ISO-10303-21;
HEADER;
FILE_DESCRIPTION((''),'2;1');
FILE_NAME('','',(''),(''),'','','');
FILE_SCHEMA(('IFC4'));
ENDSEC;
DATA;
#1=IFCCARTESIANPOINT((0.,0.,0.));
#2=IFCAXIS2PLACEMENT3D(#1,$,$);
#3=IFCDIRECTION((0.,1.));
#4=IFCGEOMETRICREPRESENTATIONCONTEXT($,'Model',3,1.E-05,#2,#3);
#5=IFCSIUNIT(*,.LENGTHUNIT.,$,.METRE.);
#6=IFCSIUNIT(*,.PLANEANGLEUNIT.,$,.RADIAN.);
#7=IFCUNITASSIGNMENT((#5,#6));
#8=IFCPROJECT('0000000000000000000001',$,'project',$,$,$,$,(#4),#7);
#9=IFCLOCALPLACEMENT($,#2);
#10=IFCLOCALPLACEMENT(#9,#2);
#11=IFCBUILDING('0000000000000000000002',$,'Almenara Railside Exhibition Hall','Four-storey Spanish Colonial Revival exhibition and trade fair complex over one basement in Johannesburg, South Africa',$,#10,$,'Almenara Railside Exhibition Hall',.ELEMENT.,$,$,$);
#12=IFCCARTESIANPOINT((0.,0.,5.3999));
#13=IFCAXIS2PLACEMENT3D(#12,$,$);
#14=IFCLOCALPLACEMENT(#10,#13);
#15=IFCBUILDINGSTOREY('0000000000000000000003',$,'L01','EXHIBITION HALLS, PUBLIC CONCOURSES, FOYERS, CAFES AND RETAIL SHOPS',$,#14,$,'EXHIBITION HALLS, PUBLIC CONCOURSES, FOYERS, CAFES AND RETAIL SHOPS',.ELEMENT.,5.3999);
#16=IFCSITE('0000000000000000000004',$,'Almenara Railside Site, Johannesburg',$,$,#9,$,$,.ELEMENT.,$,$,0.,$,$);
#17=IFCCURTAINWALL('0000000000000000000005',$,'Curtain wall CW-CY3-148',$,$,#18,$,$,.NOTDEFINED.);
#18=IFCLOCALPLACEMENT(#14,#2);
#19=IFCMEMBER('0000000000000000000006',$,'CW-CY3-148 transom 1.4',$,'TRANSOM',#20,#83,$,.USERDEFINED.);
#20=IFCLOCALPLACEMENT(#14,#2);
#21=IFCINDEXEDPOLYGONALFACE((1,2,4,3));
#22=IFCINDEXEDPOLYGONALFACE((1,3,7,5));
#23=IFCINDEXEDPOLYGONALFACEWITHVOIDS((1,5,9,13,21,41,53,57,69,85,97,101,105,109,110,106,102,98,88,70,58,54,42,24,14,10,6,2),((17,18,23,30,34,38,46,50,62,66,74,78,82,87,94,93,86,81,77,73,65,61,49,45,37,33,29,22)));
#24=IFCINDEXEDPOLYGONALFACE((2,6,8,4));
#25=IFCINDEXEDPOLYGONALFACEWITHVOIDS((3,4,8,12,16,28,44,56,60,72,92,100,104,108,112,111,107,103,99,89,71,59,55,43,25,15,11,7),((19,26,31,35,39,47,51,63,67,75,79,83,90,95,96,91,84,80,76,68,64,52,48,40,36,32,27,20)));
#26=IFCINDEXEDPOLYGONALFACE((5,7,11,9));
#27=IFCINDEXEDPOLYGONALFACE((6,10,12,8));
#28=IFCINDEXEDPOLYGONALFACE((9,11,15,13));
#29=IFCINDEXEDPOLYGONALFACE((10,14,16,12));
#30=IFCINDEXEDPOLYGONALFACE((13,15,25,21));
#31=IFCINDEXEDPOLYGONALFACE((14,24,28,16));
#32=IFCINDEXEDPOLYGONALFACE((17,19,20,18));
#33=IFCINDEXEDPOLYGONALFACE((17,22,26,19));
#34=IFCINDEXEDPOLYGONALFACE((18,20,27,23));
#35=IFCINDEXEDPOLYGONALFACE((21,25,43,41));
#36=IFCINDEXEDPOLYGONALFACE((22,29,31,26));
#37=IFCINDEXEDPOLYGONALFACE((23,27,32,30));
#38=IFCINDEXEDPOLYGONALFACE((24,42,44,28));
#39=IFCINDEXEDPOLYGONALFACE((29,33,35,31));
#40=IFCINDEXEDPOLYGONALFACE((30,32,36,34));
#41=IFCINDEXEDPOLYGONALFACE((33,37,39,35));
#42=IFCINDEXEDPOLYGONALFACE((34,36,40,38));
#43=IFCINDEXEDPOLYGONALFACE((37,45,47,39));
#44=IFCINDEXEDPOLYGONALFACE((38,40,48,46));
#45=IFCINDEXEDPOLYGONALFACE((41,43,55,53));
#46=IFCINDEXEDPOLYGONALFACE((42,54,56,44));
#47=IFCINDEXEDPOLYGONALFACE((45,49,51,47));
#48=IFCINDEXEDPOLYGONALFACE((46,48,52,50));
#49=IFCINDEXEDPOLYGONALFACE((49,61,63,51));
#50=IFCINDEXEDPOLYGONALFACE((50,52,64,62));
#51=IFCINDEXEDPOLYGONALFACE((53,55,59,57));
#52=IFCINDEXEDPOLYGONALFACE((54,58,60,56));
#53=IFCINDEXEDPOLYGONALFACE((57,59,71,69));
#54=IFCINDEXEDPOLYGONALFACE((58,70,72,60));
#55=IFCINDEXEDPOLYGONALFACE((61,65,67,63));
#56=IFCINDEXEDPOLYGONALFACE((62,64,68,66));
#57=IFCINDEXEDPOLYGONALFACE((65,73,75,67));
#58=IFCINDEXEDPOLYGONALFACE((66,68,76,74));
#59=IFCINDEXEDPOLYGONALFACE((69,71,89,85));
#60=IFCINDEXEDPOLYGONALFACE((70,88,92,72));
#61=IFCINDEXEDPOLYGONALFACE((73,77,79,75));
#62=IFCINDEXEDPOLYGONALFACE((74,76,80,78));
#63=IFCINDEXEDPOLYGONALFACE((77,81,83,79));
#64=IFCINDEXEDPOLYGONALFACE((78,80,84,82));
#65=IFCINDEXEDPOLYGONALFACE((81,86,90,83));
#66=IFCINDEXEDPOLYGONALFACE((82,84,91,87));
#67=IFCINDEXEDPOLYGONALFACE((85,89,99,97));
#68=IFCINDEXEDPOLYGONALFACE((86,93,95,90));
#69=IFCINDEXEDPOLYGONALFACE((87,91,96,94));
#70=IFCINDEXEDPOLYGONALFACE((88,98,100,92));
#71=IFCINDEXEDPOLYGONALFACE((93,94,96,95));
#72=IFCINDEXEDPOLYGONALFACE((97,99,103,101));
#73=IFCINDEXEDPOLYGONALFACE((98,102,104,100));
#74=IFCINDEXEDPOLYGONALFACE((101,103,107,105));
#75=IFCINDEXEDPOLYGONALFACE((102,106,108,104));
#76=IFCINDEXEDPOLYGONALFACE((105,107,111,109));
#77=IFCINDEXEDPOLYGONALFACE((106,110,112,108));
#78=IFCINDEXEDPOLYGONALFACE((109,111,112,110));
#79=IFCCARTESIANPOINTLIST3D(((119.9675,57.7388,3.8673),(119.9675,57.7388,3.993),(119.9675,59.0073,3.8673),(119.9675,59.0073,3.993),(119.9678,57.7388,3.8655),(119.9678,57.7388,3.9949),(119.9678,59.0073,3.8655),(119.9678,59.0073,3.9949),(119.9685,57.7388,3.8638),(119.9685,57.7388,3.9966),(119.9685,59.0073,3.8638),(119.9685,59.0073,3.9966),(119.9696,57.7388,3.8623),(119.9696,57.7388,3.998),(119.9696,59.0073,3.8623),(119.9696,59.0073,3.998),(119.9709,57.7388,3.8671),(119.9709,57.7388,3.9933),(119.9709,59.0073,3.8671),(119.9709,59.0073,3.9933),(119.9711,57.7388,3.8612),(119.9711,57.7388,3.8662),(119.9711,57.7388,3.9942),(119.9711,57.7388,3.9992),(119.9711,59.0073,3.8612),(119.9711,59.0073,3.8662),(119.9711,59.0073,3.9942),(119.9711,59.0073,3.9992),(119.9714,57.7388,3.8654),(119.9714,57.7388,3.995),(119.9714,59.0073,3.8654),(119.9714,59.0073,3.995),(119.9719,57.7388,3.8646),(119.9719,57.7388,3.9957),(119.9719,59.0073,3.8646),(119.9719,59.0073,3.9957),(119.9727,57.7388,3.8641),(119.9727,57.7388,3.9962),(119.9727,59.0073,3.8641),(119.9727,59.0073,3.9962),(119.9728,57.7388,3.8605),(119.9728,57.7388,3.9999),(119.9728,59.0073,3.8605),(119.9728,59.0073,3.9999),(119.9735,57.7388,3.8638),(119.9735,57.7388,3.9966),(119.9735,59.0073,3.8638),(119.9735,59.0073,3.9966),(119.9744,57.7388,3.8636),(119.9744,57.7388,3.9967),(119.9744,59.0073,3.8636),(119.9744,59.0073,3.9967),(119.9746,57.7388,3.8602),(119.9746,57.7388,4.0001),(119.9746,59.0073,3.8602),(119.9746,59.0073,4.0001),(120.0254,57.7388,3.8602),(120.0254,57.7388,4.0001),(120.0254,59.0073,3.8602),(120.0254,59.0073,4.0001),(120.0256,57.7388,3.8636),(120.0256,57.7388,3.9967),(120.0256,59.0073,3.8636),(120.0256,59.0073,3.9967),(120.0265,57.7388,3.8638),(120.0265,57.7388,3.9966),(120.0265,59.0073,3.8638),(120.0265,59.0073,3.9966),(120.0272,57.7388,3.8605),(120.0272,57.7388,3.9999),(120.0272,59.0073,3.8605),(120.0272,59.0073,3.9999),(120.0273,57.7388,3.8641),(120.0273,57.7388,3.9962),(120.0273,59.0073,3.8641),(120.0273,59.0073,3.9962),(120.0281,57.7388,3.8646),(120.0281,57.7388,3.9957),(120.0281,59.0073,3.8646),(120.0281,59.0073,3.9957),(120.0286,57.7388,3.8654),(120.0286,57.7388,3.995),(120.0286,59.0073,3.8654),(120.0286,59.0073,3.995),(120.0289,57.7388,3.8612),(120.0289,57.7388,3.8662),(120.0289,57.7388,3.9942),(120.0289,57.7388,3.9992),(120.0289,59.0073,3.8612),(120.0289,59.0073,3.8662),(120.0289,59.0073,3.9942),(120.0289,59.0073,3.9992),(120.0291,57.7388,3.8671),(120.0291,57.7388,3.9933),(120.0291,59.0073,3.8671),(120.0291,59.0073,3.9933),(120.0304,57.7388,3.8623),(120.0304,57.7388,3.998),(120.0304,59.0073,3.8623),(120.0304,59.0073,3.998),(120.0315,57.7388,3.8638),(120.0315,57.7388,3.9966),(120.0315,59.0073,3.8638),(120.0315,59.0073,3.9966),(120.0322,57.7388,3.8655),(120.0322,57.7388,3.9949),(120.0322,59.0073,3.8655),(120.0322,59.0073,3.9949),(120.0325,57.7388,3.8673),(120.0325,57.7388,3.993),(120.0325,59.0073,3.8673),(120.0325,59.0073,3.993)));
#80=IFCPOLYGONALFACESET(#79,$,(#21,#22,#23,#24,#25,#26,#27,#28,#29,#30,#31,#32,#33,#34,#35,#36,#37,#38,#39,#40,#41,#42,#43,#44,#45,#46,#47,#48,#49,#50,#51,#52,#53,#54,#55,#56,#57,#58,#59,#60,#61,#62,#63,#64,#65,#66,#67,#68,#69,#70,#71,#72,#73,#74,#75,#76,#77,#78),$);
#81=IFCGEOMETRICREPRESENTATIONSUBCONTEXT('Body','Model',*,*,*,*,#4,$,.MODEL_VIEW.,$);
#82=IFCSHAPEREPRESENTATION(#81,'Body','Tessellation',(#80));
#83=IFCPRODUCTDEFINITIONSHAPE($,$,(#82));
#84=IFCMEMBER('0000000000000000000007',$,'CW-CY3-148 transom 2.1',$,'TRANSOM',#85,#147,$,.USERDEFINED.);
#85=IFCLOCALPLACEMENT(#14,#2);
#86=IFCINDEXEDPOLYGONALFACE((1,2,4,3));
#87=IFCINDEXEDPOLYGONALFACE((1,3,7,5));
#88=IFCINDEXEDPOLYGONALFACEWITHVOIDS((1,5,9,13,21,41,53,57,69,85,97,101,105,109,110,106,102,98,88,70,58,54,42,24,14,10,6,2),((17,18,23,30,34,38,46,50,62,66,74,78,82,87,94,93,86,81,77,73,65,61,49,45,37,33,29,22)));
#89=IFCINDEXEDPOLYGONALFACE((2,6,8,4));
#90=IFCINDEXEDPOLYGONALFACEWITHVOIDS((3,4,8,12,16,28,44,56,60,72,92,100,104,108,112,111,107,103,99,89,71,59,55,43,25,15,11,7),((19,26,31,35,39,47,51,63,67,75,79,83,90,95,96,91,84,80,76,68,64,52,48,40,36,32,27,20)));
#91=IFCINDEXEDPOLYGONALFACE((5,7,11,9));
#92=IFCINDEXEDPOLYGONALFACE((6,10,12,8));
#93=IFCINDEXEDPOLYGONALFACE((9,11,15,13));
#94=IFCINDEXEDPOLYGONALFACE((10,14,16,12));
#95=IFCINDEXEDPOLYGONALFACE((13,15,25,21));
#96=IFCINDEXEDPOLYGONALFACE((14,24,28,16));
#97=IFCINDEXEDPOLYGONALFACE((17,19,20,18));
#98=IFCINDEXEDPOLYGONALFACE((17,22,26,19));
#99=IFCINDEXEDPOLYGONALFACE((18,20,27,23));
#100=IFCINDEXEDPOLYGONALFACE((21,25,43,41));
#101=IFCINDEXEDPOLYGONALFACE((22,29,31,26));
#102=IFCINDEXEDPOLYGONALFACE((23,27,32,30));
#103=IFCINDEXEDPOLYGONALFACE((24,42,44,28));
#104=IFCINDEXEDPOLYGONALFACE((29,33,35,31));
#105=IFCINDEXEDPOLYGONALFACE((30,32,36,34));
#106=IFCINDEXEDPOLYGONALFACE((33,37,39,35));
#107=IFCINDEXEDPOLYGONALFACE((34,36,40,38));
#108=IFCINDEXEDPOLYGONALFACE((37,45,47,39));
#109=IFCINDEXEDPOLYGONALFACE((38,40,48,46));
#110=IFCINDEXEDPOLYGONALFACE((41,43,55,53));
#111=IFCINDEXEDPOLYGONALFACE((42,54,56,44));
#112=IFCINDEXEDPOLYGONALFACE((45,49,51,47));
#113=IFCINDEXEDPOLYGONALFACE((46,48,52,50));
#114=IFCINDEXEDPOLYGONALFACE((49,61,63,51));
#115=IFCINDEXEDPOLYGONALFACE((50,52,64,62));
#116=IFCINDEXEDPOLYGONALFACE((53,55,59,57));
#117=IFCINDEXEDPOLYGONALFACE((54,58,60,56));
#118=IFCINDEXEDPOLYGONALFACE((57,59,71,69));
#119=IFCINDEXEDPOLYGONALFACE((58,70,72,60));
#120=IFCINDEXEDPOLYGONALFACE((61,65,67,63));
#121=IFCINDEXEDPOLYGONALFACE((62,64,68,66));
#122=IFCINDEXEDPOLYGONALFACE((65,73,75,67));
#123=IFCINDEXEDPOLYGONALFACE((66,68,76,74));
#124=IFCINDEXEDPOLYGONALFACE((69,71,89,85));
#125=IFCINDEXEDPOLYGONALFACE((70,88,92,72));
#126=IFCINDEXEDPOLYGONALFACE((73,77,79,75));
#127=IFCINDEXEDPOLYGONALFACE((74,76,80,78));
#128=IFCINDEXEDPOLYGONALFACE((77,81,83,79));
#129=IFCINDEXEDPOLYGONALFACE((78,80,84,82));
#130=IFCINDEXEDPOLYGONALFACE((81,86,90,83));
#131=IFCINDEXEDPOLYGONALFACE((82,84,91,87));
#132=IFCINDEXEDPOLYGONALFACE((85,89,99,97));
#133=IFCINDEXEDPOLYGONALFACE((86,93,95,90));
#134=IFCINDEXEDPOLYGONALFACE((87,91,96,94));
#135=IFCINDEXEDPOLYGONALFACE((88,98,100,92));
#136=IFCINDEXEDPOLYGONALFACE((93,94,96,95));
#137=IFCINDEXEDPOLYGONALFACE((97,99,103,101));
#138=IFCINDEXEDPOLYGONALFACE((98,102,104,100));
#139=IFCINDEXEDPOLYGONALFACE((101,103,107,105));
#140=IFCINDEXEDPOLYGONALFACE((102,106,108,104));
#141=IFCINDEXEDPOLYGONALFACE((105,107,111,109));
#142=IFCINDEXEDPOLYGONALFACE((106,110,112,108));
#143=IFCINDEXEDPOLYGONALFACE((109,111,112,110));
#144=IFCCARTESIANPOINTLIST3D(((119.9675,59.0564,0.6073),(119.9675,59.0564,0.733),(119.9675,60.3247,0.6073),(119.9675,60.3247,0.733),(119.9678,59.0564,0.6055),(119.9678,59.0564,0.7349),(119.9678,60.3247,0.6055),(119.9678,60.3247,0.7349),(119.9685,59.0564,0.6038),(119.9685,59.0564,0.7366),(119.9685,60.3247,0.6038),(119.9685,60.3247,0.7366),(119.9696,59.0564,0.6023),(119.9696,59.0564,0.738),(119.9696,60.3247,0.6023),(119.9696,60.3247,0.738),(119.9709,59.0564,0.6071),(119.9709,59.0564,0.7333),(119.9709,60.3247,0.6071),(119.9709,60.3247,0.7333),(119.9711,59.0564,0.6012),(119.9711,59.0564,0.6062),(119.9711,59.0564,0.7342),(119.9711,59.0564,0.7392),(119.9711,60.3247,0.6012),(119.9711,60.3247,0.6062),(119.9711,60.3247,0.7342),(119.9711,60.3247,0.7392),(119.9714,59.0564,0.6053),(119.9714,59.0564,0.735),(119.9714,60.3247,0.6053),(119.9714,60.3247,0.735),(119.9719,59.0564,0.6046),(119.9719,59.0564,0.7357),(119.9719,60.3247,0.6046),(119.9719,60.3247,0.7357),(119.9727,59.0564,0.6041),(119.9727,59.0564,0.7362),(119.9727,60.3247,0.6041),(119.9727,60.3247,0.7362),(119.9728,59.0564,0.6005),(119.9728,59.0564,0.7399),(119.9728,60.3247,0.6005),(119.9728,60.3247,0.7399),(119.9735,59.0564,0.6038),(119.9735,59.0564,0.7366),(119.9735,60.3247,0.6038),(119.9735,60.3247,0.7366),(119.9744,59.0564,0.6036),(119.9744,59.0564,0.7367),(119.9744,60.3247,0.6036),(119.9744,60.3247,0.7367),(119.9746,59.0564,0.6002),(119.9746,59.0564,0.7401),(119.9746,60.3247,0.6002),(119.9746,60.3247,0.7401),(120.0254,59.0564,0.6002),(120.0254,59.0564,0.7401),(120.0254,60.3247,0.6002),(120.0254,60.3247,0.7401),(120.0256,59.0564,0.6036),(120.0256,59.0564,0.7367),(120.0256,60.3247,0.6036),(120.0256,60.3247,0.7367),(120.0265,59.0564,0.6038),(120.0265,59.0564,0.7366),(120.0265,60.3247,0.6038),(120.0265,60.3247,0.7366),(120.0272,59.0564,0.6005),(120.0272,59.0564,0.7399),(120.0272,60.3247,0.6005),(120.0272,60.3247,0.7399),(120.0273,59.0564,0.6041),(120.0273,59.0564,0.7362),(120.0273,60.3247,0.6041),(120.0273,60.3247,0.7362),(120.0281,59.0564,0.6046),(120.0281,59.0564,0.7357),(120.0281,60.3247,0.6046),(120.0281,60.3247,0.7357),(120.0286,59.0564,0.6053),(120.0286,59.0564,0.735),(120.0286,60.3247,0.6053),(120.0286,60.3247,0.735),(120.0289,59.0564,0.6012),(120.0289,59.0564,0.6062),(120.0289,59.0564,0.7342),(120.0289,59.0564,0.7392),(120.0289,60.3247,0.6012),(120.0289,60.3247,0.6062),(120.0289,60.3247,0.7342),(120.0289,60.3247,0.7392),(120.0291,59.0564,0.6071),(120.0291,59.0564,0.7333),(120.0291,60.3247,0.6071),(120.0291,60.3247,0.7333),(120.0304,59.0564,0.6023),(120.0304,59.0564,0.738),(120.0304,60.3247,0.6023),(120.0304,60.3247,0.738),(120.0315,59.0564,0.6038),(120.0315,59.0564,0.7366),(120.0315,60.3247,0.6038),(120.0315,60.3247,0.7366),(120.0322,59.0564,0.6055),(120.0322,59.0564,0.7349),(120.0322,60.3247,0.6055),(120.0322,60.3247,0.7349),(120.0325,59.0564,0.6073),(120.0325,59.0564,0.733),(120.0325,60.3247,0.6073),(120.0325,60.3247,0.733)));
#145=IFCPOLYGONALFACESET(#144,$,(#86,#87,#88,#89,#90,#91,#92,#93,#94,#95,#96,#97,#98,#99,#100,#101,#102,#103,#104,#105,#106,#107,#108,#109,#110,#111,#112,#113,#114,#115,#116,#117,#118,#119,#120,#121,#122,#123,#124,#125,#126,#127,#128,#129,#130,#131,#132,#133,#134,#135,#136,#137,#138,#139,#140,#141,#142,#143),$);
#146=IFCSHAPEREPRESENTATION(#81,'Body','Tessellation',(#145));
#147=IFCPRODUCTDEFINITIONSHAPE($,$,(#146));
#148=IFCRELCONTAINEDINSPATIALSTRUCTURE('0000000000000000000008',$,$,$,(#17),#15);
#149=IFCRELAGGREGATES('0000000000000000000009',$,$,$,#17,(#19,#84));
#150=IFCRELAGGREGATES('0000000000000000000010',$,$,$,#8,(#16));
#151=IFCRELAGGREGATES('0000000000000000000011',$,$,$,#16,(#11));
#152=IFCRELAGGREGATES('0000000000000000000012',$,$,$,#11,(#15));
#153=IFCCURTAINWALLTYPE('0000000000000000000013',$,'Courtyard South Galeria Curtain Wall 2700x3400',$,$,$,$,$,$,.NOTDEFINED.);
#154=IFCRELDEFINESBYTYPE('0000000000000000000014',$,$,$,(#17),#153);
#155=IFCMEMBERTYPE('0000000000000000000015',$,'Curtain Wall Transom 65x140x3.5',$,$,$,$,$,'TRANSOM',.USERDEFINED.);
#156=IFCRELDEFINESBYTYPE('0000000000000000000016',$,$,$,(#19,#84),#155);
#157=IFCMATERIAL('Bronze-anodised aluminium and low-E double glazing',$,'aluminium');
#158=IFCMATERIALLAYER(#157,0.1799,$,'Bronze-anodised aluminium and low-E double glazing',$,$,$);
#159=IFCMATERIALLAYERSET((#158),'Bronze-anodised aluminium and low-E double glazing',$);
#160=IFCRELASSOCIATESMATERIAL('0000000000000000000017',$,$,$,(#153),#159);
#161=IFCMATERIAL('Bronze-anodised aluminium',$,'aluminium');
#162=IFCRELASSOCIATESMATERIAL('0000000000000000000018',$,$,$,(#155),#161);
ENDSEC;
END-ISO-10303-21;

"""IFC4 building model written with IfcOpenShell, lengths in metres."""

from ifc_helpers import new_model, si_unit, direction, frame, origin, origin_2d, place, context, subcontext, project, spatial, hollow_rectangle, extrude, material, layer, layer_set, material_profile, profile_set, type_object, element, aggregate, save


model = new_model("IFC4")

# Units and contexts
model_context = context("Model", 3, precision=1e-05, world=origin(), true_north=direction((0.0, 1.0)))
body_context = subcontext(model_context, "Body", "Model", "MODEL_VIEW")
ifc_project = project(units=[si_unit("LENGTHUNIT", "METRE"), si_unit("PLANEANGLEUNIT", "RADIAN")], contexts=[model_context])

# Site, building, storey
site_placement = place(None, origin())
site = spatial("IfcSite", under=ifc_project, at=site_placement, Name="Almenara Railside Site, Johannesburg", CompositionType="ELEMENT", RefElevation=0.0)
building_placement = place(site_placement, origin())
building = spatial("IfcBuilding", under=site, at=building_placement, Name="Almenara Railside Exhibition Hall", Description="Four-storey Spanish Colonial Revival exhibition and trade fair complex over one basement in Johannesburg, South Africa", LongName="Almenara Railside Exhibition Hall", CompositionType="ELEMENT")
storey_placement = place(building_placement, frame((0.0, 0.0, 5.3999)))
storey = spatial("IfcBuildingStorey", under=building, at=storey_placement, Name="L01", Description="EXHIBITION HALLS, PUBLIC CONCOURSES, FOYERS, CAFES AND RETAIL SHOPS", LongName="EXHIBITION HALLS, PUBLIC CONCOURSES, FOYERS, CAFES AND RETAIL SHOPS", CompositionType="ELEMENT", Elevation=5.3999)

# Curtain wall
ifc_material_1 = material(Name="Bronze-anodised aluminium and low-E double glazing", Category="aluminium")
ifc_layer_1 = layer(ifc_material_1, 0.1799, Name="Bronze-anodised aluminium and low-E double glazing")
ifc_layer_set_1 = layer_set([ifc_layer_1], Name="Bronze-anodised aluminium and low-E double glazing")
curtain_wall_type_1 = type_object("IfcCurtainWallType", Name="Courtyard South Galeria Curtain Wall 2700x3400", PredefinedType="NOTDEFINED", material=ifc_layer_set_1)
curtain_wall_1_placement = place(storey_placement, origin())
curtain_wall_1 = element("IfcCurtainWall", 1, at=curtain_wall_1_placement, inside=storey, type_object=curtain_wall_type_1, Name="Curtain wall CW-CY3-148", PredefinedType="NOTDEFINED")
ifc_material_2 = material(Name="Bronze-anodised aluminium", Category="aluminium")

# Members
ifc_material_profile_1 = material_profile(ifc_material_2, hollow_rectangle(XDim=0.0649, YDim=0.1399, WallThickness=0.0034, InnerFilletRadius=0.0034, OuterFilletRadius=0.0071, at=origin_2d()), Name="ALU-TRN 65x140x3.5")
ifc_profile_set_1 = profile_set([ifc_material_profile_1], Name="Bronze-anodised aluminium")
member_type_1 = type_object("IfcMemberType", Name="Curtain Wall Transom 65x140x3.5", ElementType="TRANSOM", PredefinedType="USERDEFINED", material=ifc_profile_set_1)
member_1_placement = place(storey_placement, frame((120.0, 57.7388, 3.9302), z_axis=(0.0, 1.0, 0.0), x_axis=(-1.0, 0.0, 0.0)))
member_1 = element("IfcMember", 2, at=member_1_placement, type_object=member_type_1, Name="CW-CY3-148 transom 1.4", ObjectType="TRANSOM", PredefinedType="USERDEFINED", context=body_context, shape_type="SweptSolid", body=[
    extrude(hollow_rectangle(XDim=0.0649, YDim=0.1399, WallThickness=0.0034, InnerFilletRadius=0.0034, OuterFilletRadius=0.0071, at=origin_2d()), origin(), (0.0, 0.0, 1.0), 1.2686),
])
member_2_placement = place(storey_placement, frame((120.0, 59.0564, 0.6702), z_axis=(0.0, 1.0, 0.0), x_axis=(-1.0, 0.0, 0.0)))
member_2 = element("IfcMember", 3, at=member_2_placement, type_object=member_type_1, Name="CW-CY3-148 transom 2.1", ObjectType="TRANSOM", PredefinedType="USERDEFINED", context=body_context, shape_type="SweptSolid", body=[
    extrude(hollow_rectangle(XDim=0.0649, YDim=0.1399, WallThickness=0.0034, InnerFilletRadius=0.0034, OuterFilletRadius=0.0071, at=origin_2d()), origin(), (0.0, 0.0, 1.0), 1.2683),
])

aggregate(curtain_wall_1, [member_1, member_2])

save(model, "model.ifc")
